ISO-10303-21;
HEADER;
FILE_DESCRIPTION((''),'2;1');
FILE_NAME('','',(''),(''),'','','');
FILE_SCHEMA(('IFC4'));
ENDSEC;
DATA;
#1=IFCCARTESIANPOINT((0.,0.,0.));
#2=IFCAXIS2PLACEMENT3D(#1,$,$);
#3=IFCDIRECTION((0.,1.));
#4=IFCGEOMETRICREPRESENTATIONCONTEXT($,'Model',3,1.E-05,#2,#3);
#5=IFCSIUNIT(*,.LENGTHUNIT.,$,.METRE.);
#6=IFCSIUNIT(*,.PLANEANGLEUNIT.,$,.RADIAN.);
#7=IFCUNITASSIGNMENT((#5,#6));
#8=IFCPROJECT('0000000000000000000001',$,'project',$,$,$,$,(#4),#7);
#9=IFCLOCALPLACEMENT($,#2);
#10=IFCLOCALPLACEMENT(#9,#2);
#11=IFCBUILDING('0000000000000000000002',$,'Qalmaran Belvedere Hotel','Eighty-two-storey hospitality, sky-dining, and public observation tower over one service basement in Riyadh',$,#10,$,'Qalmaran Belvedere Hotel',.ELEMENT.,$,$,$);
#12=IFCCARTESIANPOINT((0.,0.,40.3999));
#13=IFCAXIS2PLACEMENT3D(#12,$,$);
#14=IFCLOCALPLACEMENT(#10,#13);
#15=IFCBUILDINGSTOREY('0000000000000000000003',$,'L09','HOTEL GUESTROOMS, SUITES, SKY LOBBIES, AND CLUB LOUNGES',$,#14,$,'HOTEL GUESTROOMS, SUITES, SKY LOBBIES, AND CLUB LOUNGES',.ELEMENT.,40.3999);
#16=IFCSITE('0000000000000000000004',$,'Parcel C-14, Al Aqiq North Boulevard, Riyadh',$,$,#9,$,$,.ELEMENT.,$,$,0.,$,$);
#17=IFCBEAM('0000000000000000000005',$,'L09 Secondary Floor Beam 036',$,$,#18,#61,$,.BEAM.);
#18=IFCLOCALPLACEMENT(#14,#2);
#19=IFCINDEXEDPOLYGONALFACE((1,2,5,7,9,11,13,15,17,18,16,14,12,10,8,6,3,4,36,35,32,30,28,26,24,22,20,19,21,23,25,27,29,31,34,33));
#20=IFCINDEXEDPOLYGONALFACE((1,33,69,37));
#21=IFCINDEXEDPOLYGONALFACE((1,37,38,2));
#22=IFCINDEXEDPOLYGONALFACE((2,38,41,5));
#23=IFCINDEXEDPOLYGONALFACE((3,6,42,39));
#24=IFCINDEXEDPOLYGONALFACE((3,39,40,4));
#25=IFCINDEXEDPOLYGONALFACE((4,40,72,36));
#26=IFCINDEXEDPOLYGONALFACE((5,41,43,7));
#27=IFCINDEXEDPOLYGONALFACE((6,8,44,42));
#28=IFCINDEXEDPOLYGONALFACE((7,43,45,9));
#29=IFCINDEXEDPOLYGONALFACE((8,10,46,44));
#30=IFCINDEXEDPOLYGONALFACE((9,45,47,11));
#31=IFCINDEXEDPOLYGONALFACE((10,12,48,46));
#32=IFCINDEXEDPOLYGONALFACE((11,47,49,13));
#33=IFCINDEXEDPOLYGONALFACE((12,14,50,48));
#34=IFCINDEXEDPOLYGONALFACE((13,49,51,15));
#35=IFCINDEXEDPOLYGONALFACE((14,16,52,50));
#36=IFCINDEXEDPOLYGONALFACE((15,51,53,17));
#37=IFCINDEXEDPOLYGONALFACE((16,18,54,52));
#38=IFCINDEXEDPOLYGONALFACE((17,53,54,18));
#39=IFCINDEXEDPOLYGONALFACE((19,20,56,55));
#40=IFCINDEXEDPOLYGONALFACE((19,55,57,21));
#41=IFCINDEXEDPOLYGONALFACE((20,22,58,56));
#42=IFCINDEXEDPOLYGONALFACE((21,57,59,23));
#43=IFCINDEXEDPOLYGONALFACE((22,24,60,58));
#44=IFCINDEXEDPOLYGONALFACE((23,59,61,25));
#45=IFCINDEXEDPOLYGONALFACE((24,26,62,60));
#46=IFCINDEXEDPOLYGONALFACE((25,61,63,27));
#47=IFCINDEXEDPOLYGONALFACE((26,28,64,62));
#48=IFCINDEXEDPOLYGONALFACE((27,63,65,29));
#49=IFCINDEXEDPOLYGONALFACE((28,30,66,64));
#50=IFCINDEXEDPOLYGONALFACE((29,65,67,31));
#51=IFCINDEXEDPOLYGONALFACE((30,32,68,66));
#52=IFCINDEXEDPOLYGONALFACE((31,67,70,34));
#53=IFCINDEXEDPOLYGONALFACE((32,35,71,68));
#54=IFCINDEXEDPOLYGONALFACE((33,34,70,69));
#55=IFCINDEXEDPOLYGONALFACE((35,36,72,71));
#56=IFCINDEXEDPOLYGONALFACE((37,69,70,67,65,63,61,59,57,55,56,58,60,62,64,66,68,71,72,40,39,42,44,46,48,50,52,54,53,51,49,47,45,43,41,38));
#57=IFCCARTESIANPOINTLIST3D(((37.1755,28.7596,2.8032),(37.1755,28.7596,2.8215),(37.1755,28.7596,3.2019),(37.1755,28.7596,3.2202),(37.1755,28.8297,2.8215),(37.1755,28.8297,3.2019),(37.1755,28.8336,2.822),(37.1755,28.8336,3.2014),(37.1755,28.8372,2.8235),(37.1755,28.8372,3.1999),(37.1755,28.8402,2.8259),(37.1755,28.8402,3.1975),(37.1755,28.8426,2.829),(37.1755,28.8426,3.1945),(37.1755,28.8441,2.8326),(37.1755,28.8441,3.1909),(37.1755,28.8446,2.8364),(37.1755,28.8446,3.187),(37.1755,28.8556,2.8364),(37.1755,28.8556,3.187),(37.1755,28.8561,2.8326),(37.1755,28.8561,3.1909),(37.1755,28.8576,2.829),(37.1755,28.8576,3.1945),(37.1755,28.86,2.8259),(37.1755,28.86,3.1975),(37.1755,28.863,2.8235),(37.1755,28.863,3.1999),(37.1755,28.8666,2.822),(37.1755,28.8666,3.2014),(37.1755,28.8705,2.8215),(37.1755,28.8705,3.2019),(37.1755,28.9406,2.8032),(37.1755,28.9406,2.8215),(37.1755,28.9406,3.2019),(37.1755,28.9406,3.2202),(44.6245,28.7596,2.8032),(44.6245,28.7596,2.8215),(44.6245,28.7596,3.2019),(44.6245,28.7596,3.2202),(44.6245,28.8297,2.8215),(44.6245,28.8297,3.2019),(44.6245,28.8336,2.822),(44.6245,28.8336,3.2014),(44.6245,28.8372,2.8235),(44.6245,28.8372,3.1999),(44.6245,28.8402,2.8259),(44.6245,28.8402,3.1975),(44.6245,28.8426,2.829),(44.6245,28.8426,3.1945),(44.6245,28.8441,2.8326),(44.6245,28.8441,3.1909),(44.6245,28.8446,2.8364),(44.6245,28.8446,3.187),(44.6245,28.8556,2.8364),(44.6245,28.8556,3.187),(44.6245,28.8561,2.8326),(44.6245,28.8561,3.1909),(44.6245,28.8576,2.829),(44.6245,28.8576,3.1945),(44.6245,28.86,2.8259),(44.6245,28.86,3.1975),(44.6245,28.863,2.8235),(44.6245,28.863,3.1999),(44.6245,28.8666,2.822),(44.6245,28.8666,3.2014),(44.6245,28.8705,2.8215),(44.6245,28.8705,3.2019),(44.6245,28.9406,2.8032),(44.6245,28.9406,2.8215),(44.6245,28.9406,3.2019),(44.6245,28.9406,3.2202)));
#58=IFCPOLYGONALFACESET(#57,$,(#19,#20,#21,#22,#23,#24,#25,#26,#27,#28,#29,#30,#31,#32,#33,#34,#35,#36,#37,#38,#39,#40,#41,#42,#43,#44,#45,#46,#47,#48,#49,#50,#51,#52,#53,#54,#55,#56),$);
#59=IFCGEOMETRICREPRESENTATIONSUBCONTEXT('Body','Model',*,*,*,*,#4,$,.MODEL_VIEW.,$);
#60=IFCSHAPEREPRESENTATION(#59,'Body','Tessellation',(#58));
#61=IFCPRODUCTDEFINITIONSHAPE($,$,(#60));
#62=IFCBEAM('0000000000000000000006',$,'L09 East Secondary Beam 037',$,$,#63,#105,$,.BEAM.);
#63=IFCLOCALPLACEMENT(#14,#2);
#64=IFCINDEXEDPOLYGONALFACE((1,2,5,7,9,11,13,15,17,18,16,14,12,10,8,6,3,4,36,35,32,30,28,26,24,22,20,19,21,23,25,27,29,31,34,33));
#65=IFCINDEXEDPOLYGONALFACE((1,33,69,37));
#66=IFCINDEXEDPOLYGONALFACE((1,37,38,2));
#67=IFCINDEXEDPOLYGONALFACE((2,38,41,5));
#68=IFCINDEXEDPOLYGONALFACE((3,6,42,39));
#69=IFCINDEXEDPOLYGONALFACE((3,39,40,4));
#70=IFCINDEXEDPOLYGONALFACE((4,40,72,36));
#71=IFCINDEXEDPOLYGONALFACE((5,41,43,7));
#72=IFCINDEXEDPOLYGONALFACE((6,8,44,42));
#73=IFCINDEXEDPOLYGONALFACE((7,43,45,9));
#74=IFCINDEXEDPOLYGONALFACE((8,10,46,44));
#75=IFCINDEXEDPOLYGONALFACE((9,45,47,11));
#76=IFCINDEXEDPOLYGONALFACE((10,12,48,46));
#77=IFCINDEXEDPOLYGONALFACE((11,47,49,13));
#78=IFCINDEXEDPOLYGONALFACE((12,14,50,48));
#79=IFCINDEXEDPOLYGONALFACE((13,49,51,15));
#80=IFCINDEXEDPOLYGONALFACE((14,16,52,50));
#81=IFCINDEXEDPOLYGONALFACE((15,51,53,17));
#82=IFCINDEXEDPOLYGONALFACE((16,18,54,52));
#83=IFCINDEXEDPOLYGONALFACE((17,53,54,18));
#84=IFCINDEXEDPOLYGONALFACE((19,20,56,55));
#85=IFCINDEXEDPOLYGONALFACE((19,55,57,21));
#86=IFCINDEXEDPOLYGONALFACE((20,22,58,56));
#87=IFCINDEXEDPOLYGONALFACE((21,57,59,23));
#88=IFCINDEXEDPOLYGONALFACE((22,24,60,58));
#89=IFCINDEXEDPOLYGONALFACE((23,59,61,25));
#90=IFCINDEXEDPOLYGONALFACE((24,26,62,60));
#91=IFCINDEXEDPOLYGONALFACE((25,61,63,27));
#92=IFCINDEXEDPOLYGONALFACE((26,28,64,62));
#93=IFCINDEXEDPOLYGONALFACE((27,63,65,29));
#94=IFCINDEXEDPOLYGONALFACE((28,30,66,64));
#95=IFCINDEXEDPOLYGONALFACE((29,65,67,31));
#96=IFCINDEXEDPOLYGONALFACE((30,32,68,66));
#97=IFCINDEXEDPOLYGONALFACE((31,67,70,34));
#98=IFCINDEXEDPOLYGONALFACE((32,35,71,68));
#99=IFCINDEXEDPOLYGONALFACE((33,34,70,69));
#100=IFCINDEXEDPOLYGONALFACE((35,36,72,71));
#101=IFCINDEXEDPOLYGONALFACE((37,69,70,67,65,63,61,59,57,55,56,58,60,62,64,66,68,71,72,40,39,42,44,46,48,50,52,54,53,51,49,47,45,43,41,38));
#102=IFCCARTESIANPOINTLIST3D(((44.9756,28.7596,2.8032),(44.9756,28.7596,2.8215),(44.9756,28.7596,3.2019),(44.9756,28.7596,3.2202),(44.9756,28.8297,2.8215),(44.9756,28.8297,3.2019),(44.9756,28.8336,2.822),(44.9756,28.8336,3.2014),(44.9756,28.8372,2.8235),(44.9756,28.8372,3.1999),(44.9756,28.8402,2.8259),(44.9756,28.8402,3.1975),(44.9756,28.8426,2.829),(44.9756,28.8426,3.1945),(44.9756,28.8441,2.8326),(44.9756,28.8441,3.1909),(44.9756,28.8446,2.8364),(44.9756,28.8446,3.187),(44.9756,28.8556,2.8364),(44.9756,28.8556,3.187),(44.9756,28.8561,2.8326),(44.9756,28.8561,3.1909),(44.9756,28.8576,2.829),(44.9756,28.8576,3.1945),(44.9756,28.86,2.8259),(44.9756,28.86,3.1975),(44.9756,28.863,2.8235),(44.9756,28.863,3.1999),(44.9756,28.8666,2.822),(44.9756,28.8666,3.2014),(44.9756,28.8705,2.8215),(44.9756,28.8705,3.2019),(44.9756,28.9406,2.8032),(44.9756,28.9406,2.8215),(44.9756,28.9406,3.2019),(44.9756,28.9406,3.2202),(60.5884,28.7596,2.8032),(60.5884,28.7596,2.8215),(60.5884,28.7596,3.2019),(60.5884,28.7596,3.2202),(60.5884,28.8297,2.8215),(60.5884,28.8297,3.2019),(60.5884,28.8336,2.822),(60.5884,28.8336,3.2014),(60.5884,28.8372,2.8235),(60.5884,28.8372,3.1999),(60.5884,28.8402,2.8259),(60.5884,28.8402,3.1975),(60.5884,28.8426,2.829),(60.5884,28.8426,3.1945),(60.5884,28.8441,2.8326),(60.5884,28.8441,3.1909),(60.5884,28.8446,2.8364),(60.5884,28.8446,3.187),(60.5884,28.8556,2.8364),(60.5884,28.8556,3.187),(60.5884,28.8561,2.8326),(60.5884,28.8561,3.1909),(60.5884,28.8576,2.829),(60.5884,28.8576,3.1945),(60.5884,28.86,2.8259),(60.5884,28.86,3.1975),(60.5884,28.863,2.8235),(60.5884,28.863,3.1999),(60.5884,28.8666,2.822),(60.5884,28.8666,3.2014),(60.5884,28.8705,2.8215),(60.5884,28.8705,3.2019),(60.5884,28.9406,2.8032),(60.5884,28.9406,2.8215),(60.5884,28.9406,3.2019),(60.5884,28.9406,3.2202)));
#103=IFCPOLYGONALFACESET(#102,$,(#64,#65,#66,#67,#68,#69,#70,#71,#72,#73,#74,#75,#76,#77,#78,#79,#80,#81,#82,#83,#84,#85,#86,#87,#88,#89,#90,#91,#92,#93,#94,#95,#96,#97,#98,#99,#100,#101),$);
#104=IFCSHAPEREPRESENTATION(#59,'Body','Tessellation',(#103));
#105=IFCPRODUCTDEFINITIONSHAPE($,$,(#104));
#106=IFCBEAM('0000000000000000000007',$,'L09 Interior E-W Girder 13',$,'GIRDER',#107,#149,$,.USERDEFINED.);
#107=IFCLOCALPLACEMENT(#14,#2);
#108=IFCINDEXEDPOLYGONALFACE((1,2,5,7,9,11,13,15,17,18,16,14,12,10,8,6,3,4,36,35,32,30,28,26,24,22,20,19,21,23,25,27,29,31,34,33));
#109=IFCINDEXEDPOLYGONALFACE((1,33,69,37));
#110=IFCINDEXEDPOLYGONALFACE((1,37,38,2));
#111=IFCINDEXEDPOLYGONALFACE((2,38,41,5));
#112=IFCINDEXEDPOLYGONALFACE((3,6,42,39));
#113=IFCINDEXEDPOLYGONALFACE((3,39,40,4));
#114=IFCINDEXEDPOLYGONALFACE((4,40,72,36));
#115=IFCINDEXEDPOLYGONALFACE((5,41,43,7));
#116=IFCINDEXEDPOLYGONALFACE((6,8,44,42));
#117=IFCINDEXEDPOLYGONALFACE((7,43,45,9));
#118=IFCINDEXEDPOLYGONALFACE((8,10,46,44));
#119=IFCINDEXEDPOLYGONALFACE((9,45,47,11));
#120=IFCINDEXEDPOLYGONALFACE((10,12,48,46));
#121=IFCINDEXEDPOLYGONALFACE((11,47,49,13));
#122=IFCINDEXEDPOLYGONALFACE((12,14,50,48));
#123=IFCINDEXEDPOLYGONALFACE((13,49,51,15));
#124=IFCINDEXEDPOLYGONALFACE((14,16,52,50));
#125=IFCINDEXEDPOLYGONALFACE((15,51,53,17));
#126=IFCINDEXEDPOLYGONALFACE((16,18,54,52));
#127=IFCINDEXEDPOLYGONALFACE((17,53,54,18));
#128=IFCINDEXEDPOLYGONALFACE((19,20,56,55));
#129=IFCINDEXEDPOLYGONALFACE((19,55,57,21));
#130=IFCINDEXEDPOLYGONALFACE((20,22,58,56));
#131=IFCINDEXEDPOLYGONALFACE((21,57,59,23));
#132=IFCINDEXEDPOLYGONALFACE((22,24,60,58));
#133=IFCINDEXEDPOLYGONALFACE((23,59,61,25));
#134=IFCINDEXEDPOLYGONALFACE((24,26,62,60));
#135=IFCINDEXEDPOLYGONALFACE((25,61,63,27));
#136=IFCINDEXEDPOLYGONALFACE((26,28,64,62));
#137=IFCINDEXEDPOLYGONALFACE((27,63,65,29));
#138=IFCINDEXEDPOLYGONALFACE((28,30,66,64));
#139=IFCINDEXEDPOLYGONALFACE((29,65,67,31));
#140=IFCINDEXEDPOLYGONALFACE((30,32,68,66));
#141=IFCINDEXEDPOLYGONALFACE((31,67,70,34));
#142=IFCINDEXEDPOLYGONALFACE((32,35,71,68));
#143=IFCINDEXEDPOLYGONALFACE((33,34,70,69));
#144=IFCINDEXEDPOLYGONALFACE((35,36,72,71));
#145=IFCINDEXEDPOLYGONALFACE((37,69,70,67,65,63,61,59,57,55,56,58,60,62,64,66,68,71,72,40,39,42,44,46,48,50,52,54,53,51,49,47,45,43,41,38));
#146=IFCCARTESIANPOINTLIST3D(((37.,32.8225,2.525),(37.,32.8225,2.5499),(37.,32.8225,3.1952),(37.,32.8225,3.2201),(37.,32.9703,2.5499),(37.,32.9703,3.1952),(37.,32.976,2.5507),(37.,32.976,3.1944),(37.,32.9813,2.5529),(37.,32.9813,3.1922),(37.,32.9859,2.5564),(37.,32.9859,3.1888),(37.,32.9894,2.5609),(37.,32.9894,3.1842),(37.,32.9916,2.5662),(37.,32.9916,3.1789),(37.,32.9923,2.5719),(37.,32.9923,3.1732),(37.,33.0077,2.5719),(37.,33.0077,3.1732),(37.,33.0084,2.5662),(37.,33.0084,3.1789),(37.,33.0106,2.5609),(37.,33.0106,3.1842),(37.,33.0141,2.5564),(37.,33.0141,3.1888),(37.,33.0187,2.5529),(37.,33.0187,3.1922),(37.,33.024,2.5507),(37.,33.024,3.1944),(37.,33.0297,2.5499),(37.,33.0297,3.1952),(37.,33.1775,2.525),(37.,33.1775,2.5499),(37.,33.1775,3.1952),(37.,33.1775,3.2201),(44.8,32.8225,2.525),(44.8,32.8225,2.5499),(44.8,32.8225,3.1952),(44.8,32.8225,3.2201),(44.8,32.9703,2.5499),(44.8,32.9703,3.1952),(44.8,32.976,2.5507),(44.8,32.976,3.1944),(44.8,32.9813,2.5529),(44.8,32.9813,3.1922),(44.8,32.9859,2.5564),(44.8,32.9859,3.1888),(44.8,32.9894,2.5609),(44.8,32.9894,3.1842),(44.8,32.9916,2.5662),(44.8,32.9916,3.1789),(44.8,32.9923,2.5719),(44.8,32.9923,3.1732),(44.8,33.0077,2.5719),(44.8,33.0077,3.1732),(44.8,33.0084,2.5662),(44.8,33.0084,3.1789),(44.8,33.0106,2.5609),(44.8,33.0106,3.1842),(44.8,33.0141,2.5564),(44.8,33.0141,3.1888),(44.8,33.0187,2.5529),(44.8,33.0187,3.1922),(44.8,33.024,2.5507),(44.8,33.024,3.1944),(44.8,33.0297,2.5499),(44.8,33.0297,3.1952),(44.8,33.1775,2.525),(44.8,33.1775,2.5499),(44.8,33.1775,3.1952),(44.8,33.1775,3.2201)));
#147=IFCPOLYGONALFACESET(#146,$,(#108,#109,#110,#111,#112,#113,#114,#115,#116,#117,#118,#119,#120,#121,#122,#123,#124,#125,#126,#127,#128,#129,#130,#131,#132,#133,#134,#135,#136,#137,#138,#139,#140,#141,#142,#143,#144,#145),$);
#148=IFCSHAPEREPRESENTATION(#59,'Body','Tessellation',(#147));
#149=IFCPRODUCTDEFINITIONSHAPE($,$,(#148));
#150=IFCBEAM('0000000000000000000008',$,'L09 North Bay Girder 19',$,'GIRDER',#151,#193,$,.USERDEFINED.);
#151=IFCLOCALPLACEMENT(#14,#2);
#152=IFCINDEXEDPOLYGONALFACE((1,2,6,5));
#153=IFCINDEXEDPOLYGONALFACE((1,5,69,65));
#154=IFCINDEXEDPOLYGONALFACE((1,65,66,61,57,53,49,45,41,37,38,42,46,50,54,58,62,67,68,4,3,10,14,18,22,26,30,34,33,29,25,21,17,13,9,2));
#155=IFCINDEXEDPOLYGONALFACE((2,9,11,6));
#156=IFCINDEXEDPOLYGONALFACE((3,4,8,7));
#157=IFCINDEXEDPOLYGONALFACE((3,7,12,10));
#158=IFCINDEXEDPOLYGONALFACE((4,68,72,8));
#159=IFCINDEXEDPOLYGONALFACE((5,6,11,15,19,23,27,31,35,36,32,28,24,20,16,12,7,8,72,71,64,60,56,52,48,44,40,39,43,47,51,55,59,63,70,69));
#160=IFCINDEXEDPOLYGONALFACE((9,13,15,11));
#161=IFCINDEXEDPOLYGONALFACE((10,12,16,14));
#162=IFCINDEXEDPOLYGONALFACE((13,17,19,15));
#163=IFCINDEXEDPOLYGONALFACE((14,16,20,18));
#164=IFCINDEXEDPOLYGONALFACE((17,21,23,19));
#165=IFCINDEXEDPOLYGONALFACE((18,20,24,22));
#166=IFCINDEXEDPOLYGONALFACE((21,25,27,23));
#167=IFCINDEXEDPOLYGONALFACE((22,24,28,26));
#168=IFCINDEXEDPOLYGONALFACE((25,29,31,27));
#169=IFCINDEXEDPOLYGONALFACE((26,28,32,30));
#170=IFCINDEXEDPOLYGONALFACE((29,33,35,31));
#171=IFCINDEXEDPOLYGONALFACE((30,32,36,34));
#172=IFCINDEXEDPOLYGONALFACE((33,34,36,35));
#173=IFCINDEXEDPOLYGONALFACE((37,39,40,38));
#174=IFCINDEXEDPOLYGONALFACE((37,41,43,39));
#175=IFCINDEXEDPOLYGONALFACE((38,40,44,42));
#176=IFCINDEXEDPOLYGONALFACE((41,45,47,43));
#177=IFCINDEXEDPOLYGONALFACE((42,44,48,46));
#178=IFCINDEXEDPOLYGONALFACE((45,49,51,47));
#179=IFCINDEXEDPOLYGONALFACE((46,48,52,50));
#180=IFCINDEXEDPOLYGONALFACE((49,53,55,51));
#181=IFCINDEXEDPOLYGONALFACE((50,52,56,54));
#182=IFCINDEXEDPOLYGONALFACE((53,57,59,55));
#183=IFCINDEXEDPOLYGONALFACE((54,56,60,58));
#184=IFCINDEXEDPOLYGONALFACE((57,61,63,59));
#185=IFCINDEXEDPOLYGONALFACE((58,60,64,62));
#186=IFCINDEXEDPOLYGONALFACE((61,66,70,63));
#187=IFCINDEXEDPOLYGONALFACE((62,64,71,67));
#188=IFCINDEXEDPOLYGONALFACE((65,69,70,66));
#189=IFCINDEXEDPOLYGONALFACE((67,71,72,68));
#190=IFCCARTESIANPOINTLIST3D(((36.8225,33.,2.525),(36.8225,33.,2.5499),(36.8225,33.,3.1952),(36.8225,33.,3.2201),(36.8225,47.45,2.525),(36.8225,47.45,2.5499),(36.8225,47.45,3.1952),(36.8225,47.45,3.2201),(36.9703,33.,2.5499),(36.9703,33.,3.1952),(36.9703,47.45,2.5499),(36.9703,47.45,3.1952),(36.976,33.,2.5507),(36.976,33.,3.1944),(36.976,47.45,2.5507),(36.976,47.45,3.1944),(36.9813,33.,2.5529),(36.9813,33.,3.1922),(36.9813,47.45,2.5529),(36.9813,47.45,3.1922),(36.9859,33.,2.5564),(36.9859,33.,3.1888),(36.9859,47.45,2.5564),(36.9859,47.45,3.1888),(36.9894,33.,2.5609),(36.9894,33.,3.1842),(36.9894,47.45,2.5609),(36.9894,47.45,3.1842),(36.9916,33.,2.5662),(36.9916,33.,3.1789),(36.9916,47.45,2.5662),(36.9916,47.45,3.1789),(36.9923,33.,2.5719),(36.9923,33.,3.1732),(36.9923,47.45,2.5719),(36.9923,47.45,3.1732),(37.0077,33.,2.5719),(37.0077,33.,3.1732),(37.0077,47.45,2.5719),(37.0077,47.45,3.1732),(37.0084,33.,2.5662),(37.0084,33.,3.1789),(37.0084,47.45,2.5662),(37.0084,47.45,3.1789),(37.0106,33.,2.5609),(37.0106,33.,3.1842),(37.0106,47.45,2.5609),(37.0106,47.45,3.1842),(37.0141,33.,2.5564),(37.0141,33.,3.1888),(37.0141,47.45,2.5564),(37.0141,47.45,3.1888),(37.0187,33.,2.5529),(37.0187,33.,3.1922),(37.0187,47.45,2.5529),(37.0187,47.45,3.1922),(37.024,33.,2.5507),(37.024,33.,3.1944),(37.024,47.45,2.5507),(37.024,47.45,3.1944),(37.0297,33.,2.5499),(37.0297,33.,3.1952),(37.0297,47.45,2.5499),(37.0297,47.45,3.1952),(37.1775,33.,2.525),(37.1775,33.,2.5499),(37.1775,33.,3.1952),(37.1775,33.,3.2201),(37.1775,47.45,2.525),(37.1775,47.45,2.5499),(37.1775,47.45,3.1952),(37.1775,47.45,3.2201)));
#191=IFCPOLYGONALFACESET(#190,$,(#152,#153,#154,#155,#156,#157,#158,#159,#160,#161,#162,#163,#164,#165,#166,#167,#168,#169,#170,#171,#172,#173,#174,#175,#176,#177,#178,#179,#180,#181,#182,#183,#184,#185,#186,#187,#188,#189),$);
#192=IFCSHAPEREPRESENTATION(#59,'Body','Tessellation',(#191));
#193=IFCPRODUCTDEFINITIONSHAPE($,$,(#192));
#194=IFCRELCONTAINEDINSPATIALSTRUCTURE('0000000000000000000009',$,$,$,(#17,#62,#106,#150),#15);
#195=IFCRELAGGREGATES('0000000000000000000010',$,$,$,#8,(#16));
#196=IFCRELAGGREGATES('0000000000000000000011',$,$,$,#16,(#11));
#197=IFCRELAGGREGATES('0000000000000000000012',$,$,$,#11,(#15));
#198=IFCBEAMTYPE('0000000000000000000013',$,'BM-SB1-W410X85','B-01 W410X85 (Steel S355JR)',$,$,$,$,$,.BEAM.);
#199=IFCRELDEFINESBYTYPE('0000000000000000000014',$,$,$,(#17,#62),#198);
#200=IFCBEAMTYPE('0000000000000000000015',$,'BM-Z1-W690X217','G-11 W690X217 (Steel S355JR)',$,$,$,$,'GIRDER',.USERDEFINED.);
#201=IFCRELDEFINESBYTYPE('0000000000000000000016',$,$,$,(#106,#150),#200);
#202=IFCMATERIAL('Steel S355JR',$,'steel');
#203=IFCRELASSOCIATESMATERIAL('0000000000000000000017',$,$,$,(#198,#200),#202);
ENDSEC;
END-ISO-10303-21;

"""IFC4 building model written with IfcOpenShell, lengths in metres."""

from ifc_helpers import new_model, si_unit, direction, frame, origin, origin_2d, place, context, subcontext, project, spatial, i_section, extrude, material, material_profile, profile_set, type_object, element, save


model = new_model("IFC4")

# Units and contexts
model_context = context("Model", 3, precision=1e-05, world=origin(), true_north=direction((0.0, 1.0)))
body_context = subcontext(model_context, "Body", "Model", "MODEL_VIEW")
ifc_project = project(units=[si_unit("LENGTHUNIT", "METRE"), si_unit("PLANEANGLEUNIT", "RADIAN")], contexts=[model_context])

# Site, building, storey
site_placement = place(None, origin())
site = spatial("IfcSite", under=ifc_project, at=site_placement, Name="Parcel C-14, Al Aqiq North Boulevard, Riyadh", CompositionType="ELEMENT", RefElevation=0.0)
building_placement = place(site_placement, origin())
building = spatial("IfcBuilding", under=site, at=building_placement, Name="Qalmaran Belvedere Hotel", Description="Eighty-two-storey hospitality, sky-dining, and public observation tower over one service basement in Riyadh", LongName="Qalmaran Belvedere Hotel", CompositionType="ELEMENT")
storey_placement = place(building_placement, frame((0.0, 0.0, 40.3999)))
storey = spatial("IfcBuildingStorey", under=building, at=storey_placement, Name="L09", Description="HOTEL GUESTROOMS, SUITES, SKY LOBBIES, AND CLUB LOUNGES", LongName="HOTEL GUESTROOMS, SUITES, SKY LOBBIES, AND CLUB LOUNGES", CompositionType="ELEMENT", Elevation=40.3999)

# Beams
ifc_material_1 = material(Name="Steel S355JR", Category="steel")
ifc_material_profile_1 = material_profile(ifc_material_1, i_section(OverallWidth=0.1809, OverallDepth=0.417, WebThickness=0.011, FlangeThickness=0.0183, FilletRadius=0.0149, at=origin_2d()), Name="W410X85")
ifc_profile_set_1 = profile_set([ifc_material_profile_1], Name="Steel S355JR")
beam_type_1 = type_object("IfcBeamType", Name="BM-SB1-W410X85", Description="B-01 W410X85 (Steel S355JR)", PredefinedType="BEAM", material=ifc_profile_set_1)
beam_1_placement = place(storey_placement, frame((37.1755, 28.8501, 3.0117), z_axis=(1.0, 0.0, 0.0), x_axis=(0.0, 1.0, 0.0)))
element("IfcBeam", 1, at=beam_1_placement, inside=storey, type_object=beam_type_1, Name="L09 Secondary Floor Beam 036", PredefinedType="BEAM", context=body_context, shape_type="SweptSolid", body=[
    extrude(i_section(OverallWidth=0.1809, OverallDepth=0.417, WebThickness=0.011, FlangeThickness=0.0183, FilletRadius=0.0149, at=origin_2d()), origin(), (0.0, 0.0, 1.0), 7.449),
])
beam_2_placement = place(storey_placement, frame((44.9756, 28.8501, 3.0117), z_axis=(1.0, 0.0, 0.0), x_axis=(0.0, 1.0, 0.0)))
element("IfcBeam", 2, at=beam_2_placement, inside=storey, type_object=beam_type_1, Name="L09 East Secondary Beam 037", PredefinedType="BEAM", context=body_context, shape_type="SweptSolid", body=[
    extrude(i_section(OverallWidth=0.1809, OverallDepth=0.417, WebThickness=0.011, FlangeThickness=0.0183, FilletRadius=0.0149, at=origin_2d()), origin(), (0.0, 0.0, 1.0), 15.6128),
])
ifc_material_profile_2 = material_profile(ifc_material_1, i_section(OverallWidth=0.355, OverallDepth=0.6951, WebThickness=0.0154, FlangeThickness=0.0249, FilletRadius=0.022, at=origin_2d()), Name="W690X217")
ifc_profile_set_2 = profile_set([ifc_material_profile_2], Name="Steel S355JR")
beam_type_2 = type_object("IfcBeamType", Name="BM-Z1-W690X217", Description="G-11 W690X217 (Steel S355JR)", ElementType="GIRDER", PredefinedType="USERDEFINED", material=ifc_profile_set_2)
beam_3_placement = place(storey_placement, frame((37.0, 33.0, 2.8726), z_axis=(1.0, 0.0, 0.0), x_axis=(0.0, 1.0, 0.0)))
element("IfcBeam", 3, at=beam_3_placement, inside=storey, type_object=beam_type_2, Name="L09 Interior E-W Girder 13", ObjectType="GIRDER", PredefinedType="USERDEFINED", context=body_context, shape_type="SweptSolid", body=[
    extrude(i_section(OverallWidth=0.355, OverallDepth=0.6951, WebThickness=0.0154, FlangeThickness=0.0249, FilletRadius=0.022, at=origin_2d()), origin(), (0.0, 0.0, 1.0), 7.8),
])
for number, where, z_axis, x_axis, name in (
    (4, (37.0, 33.0, 2.8726), (0.0, 1.0, 0.0), (-1.0, 0.0, 0.0), "L09 North Bay Girder 19"),
):
    element("IfcBeam", number, at=place(storey_placement, frame(where, z_axis=z_axis, x_axis=x_axis)), inside=storey, type_object=beam_type_2, Name=name, ObjectType="GIRDER", PredefinedType="USERDEFINED", context=body_context, shape_type="SweptSolid", body=[
        extrude(i_section(OverallWidth=0.355, OverallDepth=0.6951, WebThickness=0.0154, FlangeThickness=0.0249, FilletRadius=0.022, at=origin_2d()), origin(), (0.0, 0.0, 1.0), 14.45),
    ])

save(model, "model.ifc")
